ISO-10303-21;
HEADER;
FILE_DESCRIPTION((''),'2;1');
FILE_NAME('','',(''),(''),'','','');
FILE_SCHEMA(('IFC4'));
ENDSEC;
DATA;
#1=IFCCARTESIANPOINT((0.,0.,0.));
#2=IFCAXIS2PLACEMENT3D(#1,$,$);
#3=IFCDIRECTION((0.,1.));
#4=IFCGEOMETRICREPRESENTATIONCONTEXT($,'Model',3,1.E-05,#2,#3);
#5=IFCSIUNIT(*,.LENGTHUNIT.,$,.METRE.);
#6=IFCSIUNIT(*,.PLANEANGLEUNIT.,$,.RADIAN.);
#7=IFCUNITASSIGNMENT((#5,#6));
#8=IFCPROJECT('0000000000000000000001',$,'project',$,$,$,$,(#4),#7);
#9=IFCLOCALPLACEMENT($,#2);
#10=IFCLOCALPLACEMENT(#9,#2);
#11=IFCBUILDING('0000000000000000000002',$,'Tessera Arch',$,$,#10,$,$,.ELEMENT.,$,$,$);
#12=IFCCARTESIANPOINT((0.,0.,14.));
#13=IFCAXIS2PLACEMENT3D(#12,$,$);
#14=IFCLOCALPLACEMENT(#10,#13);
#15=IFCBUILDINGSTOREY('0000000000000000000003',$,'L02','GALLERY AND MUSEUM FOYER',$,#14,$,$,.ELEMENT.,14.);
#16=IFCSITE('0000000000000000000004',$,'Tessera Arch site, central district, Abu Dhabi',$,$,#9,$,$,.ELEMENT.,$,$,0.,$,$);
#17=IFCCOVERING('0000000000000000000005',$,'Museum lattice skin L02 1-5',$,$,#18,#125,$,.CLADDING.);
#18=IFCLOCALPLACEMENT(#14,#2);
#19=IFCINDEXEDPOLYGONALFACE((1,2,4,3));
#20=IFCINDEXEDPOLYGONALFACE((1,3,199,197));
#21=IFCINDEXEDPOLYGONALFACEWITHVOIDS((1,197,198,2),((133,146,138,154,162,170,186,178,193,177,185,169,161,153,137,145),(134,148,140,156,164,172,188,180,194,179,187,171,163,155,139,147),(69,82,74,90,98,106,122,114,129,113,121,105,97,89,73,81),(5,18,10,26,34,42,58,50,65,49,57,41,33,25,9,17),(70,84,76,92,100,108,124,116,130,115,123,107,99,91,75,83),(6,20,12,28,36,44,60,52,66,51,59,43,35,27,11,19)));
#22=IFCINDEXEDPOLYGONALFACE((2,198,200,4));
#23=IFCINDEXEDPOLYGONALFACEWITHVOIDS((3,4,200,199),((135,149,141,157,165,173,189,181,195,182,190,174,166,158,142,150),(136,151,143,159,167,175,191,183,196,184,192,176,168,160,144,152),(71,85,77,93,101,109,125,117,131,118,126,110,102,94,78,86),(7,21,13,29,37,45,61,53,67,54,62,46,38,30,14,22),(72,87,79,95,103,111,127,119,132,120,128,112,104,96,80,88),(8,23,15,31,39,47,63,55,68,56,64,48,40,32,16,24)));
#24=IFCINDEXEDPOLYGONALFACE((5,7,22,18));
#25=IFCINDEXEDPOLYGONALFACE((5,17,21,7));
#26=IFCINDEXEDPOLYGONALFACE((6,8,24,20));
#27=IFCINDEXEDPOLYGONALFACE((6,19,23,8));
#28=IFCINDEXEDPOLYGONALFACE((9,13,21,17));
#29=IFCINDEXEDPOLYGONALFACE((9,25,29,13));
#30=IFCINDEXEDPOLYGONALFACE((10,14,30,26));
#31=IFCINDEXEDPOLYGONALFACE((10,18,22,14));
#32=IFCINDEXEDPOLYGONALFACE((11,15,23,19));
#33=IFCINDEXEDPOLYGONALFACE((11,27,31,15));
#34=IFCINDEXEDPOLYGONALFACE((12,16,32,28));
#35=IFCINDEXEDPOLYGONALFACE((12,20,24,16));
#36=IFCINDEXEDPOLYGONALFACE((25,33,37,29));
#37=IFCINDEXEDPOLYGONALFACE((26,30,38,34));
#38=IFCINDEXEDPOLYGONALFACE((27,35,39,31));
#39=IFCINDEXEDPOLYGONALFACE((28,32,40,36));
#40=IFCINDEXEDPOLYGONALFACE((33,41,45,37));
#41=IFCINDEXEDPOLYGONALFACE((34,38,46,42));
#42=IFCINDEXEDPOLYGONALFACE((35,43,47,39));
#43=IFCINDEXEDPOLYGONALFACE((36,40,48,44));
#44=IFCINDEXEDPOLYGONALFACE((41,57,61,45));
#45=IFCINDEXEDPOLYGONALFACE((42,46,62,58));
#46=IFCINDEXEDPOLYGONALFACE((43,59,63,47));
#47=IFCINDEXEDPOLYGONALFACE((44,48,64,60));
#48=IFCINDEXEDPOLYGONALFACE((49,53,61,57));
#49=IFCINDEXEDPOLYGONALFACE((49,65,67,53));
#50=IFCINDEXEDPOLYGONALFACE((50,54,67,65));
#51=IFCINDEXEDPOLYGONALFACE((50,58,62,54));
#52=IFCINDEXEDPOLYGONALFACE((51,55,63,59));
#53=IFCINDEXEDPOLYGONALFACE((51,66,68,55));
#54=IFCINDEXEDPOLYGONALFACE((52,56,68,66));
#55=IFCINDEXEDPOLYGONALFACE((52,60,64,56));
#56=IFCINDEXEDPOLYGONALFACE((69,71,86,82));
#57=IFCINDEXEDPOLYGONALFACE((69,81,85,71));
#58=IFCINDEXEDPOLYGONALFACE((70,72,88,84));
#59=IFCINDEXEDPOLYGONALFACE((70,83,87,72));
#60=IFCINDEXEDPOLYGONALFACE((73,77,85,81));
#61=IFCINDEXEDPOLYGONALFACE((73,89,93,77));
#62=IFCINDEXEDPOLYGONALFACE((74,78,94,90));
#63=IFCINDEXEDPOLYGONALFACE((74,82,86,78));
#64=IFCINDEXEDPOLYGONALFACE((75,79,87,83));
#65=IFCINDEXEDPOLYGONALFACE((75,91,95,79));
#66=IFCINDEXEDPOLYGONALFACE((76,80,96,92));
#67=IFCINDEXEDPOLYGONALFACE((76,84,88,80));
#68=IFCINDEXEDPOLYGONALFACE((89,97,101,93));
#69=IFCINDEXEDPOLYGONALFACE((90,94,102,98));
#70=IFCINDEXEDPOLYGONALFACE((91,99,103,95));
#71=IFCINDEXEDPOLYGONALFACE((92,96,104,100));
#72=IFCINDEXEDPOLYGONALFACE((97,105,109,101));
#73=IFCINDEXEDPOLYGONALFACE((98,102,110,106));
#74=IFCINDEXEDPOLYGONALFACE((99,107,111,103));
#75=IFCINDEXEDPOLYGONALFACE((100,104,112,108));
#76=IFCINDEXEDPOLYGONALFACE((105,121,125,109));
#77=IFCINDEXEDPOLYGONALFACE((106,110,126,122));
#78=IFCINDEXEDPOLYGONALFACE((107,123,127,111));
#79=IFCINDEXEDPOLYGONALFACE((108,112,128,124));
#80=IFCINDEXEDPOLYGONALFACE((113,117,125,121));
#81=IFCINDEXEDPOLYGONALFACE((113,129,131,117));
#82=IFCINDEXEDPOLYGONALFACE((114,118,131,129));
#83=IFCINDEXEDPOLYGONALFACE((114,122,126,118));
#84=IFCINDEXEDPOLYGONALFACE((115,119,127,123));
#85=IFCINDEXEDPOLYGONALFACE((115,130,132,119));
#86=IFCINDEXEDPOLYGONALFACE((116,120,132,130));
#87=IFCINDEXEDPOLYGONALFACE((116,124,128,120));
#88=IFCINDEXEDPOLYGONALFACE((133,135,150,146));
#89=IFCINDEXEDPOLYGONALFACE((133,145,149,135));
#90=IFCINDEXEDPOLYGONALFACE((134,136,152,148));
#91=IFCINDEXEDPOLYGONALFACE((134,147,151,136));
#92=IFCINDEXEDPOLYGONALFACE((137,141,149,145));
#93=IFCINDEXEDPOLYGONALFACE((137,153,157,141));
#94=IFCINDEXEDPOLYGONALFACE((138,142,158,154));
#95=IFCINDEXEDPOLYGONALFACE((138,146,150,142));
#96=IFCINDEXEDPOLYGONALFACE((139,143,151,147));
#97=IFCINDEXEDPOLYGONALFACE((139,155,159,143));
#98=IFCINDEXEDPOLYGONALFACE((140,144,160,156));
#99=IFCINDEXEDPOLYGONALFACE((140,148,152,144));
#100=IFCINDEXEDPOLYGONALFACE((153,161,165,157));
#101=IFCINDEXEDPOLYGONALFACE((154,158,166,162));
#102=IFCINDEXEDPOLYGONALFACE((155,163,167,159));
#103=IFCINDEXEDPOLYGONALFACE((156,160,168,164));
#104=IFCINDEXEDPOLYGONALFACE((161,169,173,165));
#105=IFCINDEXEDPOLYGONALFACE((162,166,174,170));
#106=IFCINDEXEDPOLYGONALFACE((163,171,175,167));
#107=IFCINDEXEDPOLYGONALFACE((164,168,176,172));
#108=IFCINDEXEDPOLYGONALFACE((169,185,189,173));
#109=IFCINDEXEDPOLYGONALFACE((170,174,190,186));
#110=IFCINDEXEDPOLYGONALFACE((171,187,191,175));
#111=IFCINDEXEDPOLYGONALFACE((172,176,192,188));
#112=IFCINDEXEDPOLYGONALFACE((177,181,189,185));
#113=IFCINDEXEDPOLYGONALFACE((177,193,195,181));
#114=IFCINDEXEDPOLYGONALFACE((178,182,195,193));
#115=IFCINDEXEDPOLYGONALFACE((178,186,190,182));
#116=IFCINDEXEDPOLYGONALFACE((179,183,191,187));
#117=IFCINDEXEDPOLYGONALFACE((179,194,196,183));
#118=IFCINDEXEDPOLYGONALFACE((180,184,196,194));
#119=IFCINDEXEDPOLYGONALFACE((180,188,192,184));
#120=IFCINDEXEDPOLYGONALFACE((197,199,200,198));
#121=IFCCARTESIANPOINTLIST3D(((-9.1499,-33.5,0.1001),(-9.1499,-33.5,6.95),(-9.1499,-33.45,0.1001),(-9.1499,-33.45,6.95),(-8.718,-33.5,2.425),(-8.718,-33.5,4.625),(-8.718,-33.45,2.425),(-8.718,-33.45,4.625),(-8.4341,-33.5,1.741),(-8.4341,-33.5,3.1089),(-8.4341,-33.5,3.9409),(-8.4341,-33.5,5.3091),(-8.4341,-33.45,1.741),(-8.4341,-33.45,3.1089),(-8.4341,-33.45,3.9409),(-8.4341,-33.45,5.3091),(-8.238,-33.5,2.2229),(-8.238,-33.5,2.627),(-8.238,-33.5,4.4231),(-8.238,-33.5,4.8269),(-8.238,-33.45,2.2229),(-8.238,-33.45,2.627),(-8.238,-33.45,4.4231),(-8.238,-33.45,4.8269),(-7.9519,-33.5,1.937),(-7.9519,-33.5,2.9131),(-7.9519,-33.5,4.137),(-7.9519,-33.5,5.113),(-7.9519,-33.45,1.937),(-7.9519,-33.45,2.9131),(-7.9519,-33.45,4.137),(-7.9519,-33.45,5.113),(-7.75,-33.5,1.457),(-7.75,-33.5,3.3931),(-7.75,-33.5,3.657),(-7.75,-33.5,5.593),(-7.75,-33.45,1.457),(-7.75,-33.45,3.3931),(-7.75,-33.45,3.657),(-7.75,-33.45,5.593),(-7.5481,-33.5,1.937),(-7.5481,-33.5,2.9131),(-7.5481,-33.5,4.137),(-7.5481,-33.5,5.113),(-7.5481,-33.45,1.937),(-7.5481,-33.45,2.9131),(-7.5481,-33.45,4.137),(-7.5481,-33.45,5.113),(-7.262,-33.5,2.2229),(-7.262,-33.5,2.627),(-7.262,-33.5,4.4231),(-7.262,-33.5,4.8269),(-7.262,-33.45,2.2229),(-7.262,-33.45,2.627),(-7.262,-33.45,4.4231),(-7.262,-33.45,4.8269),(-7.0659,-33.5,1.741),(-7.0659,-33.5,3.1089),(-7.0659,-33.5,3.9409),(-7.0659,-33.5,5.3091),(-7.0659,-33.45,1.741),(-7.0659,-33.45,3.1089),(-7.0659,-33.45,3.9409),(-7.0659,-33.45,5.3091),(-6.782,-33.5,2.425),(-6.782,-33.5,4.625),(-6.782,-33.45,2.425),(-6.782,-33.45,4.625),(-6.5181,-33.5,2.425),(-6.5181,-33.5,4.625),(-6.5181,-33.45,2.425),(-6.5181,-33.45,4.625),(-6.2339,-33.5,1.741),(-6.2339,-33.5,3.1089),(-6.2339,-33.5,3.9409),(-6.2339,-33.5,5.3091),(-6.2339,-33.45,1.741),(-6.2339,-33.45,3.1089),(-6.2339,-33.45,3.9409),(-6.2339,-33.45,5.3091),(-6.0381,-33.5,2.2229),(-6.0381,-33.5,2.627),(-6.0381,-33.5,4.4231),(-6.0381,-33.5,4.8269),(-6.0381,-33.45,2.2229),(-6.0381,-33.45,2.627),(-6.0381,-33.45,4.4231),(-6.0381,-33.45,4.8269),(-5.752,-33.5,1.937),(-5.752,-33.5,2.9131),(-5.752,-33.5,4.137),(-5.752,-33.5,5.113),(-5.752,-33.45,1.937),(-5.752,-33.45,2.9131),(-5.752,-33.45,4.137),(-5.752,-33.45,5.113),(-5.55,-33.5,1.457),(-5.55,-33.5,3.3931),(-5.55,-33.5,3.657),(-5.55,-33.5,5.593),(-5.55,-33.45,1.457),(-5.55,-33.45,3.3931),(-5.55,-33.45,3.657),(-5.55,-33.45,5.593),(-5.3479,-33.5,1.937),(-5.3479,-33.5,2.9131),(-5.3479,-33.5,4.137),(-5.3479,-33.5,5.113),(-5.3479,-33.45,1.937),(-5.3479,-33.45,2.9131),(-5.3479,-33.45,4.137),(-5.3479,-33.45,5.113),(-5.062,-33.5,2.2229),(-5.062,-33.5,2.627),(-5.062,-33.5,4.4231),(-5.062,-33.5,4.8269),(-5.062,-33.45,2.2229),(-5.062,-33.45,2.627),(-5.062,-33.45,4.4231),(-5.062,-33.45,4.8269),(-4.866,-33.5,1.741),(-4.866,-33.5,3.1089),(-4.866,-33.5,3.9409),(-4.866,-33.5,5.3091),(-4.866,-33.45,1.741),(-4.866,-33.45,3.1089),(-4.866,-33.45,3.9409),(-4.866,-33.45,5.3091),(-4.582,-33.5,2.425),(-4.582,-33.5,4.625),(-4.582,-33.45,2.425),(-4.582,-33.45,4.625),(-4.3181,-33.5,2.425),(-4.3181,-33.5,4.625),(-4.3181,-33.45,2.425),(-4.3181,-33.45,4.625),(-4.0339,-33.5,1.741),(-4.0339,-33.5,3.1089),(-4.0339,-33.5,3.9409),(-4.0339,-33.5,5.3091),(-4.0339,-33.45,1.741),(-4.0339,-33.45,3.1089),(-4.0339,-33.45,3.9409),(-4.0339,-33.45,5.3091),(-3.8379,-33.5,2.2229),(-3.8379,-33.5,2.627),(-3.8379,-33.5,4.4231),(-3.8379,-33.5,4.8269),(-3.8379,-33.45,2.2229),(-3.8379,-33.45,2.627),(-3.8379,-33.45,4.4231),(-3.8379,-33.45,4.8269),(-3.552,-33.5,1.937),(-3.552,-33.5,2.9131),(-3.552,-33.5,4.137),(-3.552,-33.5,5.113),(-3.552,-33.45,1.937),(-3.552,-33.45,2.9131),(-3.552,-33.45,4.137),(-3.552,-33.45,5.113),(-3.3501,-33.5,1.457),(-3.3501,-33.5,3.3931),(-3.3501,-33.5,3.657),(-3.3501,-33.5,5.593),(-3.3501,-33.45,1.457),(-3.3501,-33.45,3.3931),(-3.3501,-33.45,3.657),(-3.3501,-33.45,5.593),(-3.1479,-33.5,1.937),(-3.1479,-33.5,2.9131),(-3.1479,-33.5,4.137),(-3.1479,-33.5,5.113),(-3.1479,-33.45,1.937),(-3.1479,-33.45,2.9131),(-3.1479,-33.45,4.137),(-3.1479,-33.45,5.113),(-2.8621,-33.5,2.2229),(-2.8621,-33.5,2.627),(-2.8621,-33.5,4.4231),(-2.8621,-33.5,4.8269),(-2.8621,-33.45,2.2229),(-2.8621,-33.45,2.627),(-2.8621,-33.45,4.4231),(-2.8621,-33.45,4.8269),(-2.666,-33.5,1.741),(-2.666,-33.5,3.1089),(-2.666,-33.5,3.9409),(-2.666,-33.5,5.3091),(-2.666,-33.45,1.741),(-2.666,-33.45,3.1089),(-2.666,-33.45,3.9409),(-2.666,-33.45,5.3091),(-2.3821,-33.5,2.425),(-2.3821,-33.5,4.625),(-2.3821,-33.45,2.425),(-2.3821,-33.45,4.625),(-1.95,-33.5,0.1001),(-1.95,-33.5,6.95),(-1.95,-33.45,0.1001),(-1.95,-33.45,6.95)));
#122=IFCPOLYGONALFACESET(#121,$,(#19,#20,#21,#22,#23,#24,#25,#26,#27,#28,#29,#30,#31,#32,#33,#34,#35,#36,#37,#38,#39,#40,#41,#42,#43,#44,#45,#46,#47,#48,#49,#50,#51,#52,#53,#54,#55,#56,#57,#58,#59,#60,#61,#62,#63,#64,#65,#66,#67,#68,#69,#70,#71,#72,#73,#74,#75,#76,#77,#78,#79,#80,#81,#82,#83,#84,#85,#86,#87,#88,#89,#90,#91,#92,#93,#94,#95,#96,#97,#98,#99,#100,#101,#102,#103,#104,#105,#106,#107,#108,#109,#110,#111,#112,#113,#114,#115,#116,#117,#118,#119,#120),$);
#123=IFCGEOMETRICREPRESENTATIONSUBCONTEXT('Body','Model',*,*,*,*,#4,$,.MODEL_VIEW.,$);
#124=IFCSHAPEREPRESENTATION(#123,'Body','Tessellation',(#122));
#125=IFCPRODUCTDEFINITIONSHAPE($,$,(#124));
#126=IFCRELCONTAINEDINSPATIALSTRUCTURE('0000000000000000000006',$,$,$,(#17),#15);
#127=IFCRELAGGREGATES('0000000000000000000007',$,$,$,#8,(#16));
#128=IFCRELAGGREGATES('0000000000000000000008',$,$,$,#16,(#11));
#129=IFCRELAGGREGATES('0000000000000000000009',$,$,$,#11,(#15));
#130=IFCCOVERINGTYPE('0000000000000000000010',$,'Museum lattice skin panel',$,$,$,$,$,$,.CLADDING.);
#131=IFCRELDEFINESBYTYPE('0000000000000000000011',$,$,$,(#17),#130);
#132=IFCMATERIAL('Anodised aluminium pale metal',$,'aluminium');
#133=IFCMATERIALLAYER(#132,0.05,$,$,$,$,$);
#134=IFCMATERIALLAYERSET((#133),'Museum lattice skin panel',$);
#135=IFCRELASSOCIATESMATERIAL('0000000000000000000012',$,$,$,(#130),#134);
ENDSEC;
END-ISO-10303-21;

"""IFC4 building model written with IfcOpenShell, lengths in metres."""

from ifc_helpers import new_model, si_unit, direction, frame, origin, place, context, subcontext, project, spatial, polyline, outline, extrude, material, layer, layer_set, type_object, element, save


model = new_model("IFC4")

# Units and contexts
model_context = context("Model", 3, precision=1e-05, world=origin(), true_north=direction((0.0, 1.0)))
body_context = subcontext(model_context, "Body", "Model", "MODEL_VIEW")
ifc_project = project(units=[si_unit("LENGTHUNIT", "METRE"), si_unit("PLANEANGLEUNIT", "RADIAN")], contexts=[model_context])

# Site, building, storey
site_placement = place(None, origin())
site = spatial("IfcSite", under=ifc_project, at=site_placement, Name="Tessera Arch site, central district, Abu Dhabi", CompositionType="ELEMENT", RefElevation=0.0)
building_placement = place(site_placement, origin())
building = spatial("IfcBuilding", under=site, at=building_placement, Name="Tessera Arch", CompositionType="ELEMENT")
storey_placement = place(building_placement, frame((0.0, 0.0, 14.0)))
storey = spatial("IfcBuildingStorey", under=building, at=storey_placement, Name="L02", Description="GALLERY AND MUSEUM FOYER", CompositionType="ELEMENT", Elevation=14.0)

# Covering
ifc_material_1 = material(Name="Anodised aluminium pale metal", Category="aluminium")
ifc_layer_1 = layer(ifc_material_1, 0.05)
ifc_layer_set_1 = layer_set([ifc_layer_1], Name="Museum lattice skin panel")
covering_type_1 = type_object("IfcCoveringType", Name="Museum lattice skin panel", PredefinedType="CLADDING", material=ifc_layer_set_1)
covering_1_placement = place(storey_placement, frame((-9.1499, -33.45, 6.95), z_axis=(0.0, 1.0, 0.0), x_axis=(1.0, 0.0, 0.0)))
element("IfcCovering", 1, at=covering_1_placement, inside=storey, type_object=covering_type_1, Name="Museum lattice skin L02 1-5", PredefinedType="CLADDING", context=body_context, shape_type="SweptSolid", body=[
    extrude(outline(polyline([(0.0, 0.0), (7.2, 0.0), (7.2, 6.8499), (0.0, 6.8499), (0.0, 0.0)]), holes=[polyline([(2.3679, 4.5249), (1.8879, 4.323), (2.084, 3.8411), (1.6018, 4.0369), (1.3999, 3.5569), (1.198, 4.0369), (0.7158, 3.8411), (0.9119, 4.323), (0.4319, 4.5249), (0.9119, 4.7271), (0.7158, 5.209), (1.198, 5.0129), (1.3999, 5.4929), (1.6018, 5.0129), (2.084, 5.209), (1.8879, 4.7271), (2.3679, 4.5249)]), polyline([(2.3679, 2.325), (1.8879, 2.123), (2.084, 1.6409), (1.6018, 1.8369), (1.3999, 1.3569), (1.198, 1.8369), (0.7158, 1.6409), (0.9119, 2.123), (0.4319, 2.325), (0.9119, 2.5269), (0.7158, 3.009), (1.198, 2.813), (1.3999, 3.293), (1.6018, 2.813), (2.084, 3.009), (1.8879, 2.5269), (2.3679, 2.325)]), polyline([(4.5679, 4.5249), (4.0879, 4.323), (4.2839, 3.8411), (3.802, 4.0369), (3.5999, 3.5569), (3.3979, 4.0369), (2.916, 3.8411), (3.1118, 4.323), (2.6318, 4.5249), (3.1118, 4.7271), (2.916, 5.209), (3.3979, 5.0129), (3.5999, 5.4929), (3.802, 5.0129), (4.2839, 5.209), (4.0879, 4.7271), (4.5679, 4.5249)]), polyline([(4.5679, 2.325), (4.0879, 2.123), (4.2839, 1.6409), (3.802, 1.8369), (3.5999, 1.3569), (3.3979, 1.8369), (2.916, 1.6409), (3.1118, 2.123), (2.6318, 2.325), (3.1118, 2.5269), (2.916, 3.009), (3.3979, 2.813), (3.5999, 3.293), (3.802, 2.813), (4.2839, 3.009), (4.0879, 2.5269), (4.5679, 2.325)]), polyline([(6.7678, 4.5249), (6.2878, 4.323), (6.4839, 3.8411), (6.002, 4.0369), (5.7998, 3.5569), (5.5979, 4.0369), (5.116, 3.8411), (5.312, 4.323), (4.8318, 4.5249), (5.312, 4.7271), (5.116, 5.209), (5.5979, 5.0129), (5.7998, 5.4929), (6.002, 5.0129), (6.4839, 5.209), (6.2878, 4.7271), (6.7678, 4.5249)]), polyline([(6.7678, 2.325), (6.2878, 2.123), (6.4839, 1.6409), (6.002, 1.8369), (5.7998, 1.3569), (5.5979, 1.8369), (5.116, 1.6409), (5.312, 2.123), (4.8318, 2.325), (5.312, 2.5269), (5.116, 3.009), (5.5979, 2.813), (5.7998, 3.293), (6.002, 2.813), (6.4839, 3.009), (6.2878, 2.5269), (6.7678, 2.325)])]), origin(), (0.0, 0.0, -1.0), 0.05),
])

save(model, "model.ifc")
